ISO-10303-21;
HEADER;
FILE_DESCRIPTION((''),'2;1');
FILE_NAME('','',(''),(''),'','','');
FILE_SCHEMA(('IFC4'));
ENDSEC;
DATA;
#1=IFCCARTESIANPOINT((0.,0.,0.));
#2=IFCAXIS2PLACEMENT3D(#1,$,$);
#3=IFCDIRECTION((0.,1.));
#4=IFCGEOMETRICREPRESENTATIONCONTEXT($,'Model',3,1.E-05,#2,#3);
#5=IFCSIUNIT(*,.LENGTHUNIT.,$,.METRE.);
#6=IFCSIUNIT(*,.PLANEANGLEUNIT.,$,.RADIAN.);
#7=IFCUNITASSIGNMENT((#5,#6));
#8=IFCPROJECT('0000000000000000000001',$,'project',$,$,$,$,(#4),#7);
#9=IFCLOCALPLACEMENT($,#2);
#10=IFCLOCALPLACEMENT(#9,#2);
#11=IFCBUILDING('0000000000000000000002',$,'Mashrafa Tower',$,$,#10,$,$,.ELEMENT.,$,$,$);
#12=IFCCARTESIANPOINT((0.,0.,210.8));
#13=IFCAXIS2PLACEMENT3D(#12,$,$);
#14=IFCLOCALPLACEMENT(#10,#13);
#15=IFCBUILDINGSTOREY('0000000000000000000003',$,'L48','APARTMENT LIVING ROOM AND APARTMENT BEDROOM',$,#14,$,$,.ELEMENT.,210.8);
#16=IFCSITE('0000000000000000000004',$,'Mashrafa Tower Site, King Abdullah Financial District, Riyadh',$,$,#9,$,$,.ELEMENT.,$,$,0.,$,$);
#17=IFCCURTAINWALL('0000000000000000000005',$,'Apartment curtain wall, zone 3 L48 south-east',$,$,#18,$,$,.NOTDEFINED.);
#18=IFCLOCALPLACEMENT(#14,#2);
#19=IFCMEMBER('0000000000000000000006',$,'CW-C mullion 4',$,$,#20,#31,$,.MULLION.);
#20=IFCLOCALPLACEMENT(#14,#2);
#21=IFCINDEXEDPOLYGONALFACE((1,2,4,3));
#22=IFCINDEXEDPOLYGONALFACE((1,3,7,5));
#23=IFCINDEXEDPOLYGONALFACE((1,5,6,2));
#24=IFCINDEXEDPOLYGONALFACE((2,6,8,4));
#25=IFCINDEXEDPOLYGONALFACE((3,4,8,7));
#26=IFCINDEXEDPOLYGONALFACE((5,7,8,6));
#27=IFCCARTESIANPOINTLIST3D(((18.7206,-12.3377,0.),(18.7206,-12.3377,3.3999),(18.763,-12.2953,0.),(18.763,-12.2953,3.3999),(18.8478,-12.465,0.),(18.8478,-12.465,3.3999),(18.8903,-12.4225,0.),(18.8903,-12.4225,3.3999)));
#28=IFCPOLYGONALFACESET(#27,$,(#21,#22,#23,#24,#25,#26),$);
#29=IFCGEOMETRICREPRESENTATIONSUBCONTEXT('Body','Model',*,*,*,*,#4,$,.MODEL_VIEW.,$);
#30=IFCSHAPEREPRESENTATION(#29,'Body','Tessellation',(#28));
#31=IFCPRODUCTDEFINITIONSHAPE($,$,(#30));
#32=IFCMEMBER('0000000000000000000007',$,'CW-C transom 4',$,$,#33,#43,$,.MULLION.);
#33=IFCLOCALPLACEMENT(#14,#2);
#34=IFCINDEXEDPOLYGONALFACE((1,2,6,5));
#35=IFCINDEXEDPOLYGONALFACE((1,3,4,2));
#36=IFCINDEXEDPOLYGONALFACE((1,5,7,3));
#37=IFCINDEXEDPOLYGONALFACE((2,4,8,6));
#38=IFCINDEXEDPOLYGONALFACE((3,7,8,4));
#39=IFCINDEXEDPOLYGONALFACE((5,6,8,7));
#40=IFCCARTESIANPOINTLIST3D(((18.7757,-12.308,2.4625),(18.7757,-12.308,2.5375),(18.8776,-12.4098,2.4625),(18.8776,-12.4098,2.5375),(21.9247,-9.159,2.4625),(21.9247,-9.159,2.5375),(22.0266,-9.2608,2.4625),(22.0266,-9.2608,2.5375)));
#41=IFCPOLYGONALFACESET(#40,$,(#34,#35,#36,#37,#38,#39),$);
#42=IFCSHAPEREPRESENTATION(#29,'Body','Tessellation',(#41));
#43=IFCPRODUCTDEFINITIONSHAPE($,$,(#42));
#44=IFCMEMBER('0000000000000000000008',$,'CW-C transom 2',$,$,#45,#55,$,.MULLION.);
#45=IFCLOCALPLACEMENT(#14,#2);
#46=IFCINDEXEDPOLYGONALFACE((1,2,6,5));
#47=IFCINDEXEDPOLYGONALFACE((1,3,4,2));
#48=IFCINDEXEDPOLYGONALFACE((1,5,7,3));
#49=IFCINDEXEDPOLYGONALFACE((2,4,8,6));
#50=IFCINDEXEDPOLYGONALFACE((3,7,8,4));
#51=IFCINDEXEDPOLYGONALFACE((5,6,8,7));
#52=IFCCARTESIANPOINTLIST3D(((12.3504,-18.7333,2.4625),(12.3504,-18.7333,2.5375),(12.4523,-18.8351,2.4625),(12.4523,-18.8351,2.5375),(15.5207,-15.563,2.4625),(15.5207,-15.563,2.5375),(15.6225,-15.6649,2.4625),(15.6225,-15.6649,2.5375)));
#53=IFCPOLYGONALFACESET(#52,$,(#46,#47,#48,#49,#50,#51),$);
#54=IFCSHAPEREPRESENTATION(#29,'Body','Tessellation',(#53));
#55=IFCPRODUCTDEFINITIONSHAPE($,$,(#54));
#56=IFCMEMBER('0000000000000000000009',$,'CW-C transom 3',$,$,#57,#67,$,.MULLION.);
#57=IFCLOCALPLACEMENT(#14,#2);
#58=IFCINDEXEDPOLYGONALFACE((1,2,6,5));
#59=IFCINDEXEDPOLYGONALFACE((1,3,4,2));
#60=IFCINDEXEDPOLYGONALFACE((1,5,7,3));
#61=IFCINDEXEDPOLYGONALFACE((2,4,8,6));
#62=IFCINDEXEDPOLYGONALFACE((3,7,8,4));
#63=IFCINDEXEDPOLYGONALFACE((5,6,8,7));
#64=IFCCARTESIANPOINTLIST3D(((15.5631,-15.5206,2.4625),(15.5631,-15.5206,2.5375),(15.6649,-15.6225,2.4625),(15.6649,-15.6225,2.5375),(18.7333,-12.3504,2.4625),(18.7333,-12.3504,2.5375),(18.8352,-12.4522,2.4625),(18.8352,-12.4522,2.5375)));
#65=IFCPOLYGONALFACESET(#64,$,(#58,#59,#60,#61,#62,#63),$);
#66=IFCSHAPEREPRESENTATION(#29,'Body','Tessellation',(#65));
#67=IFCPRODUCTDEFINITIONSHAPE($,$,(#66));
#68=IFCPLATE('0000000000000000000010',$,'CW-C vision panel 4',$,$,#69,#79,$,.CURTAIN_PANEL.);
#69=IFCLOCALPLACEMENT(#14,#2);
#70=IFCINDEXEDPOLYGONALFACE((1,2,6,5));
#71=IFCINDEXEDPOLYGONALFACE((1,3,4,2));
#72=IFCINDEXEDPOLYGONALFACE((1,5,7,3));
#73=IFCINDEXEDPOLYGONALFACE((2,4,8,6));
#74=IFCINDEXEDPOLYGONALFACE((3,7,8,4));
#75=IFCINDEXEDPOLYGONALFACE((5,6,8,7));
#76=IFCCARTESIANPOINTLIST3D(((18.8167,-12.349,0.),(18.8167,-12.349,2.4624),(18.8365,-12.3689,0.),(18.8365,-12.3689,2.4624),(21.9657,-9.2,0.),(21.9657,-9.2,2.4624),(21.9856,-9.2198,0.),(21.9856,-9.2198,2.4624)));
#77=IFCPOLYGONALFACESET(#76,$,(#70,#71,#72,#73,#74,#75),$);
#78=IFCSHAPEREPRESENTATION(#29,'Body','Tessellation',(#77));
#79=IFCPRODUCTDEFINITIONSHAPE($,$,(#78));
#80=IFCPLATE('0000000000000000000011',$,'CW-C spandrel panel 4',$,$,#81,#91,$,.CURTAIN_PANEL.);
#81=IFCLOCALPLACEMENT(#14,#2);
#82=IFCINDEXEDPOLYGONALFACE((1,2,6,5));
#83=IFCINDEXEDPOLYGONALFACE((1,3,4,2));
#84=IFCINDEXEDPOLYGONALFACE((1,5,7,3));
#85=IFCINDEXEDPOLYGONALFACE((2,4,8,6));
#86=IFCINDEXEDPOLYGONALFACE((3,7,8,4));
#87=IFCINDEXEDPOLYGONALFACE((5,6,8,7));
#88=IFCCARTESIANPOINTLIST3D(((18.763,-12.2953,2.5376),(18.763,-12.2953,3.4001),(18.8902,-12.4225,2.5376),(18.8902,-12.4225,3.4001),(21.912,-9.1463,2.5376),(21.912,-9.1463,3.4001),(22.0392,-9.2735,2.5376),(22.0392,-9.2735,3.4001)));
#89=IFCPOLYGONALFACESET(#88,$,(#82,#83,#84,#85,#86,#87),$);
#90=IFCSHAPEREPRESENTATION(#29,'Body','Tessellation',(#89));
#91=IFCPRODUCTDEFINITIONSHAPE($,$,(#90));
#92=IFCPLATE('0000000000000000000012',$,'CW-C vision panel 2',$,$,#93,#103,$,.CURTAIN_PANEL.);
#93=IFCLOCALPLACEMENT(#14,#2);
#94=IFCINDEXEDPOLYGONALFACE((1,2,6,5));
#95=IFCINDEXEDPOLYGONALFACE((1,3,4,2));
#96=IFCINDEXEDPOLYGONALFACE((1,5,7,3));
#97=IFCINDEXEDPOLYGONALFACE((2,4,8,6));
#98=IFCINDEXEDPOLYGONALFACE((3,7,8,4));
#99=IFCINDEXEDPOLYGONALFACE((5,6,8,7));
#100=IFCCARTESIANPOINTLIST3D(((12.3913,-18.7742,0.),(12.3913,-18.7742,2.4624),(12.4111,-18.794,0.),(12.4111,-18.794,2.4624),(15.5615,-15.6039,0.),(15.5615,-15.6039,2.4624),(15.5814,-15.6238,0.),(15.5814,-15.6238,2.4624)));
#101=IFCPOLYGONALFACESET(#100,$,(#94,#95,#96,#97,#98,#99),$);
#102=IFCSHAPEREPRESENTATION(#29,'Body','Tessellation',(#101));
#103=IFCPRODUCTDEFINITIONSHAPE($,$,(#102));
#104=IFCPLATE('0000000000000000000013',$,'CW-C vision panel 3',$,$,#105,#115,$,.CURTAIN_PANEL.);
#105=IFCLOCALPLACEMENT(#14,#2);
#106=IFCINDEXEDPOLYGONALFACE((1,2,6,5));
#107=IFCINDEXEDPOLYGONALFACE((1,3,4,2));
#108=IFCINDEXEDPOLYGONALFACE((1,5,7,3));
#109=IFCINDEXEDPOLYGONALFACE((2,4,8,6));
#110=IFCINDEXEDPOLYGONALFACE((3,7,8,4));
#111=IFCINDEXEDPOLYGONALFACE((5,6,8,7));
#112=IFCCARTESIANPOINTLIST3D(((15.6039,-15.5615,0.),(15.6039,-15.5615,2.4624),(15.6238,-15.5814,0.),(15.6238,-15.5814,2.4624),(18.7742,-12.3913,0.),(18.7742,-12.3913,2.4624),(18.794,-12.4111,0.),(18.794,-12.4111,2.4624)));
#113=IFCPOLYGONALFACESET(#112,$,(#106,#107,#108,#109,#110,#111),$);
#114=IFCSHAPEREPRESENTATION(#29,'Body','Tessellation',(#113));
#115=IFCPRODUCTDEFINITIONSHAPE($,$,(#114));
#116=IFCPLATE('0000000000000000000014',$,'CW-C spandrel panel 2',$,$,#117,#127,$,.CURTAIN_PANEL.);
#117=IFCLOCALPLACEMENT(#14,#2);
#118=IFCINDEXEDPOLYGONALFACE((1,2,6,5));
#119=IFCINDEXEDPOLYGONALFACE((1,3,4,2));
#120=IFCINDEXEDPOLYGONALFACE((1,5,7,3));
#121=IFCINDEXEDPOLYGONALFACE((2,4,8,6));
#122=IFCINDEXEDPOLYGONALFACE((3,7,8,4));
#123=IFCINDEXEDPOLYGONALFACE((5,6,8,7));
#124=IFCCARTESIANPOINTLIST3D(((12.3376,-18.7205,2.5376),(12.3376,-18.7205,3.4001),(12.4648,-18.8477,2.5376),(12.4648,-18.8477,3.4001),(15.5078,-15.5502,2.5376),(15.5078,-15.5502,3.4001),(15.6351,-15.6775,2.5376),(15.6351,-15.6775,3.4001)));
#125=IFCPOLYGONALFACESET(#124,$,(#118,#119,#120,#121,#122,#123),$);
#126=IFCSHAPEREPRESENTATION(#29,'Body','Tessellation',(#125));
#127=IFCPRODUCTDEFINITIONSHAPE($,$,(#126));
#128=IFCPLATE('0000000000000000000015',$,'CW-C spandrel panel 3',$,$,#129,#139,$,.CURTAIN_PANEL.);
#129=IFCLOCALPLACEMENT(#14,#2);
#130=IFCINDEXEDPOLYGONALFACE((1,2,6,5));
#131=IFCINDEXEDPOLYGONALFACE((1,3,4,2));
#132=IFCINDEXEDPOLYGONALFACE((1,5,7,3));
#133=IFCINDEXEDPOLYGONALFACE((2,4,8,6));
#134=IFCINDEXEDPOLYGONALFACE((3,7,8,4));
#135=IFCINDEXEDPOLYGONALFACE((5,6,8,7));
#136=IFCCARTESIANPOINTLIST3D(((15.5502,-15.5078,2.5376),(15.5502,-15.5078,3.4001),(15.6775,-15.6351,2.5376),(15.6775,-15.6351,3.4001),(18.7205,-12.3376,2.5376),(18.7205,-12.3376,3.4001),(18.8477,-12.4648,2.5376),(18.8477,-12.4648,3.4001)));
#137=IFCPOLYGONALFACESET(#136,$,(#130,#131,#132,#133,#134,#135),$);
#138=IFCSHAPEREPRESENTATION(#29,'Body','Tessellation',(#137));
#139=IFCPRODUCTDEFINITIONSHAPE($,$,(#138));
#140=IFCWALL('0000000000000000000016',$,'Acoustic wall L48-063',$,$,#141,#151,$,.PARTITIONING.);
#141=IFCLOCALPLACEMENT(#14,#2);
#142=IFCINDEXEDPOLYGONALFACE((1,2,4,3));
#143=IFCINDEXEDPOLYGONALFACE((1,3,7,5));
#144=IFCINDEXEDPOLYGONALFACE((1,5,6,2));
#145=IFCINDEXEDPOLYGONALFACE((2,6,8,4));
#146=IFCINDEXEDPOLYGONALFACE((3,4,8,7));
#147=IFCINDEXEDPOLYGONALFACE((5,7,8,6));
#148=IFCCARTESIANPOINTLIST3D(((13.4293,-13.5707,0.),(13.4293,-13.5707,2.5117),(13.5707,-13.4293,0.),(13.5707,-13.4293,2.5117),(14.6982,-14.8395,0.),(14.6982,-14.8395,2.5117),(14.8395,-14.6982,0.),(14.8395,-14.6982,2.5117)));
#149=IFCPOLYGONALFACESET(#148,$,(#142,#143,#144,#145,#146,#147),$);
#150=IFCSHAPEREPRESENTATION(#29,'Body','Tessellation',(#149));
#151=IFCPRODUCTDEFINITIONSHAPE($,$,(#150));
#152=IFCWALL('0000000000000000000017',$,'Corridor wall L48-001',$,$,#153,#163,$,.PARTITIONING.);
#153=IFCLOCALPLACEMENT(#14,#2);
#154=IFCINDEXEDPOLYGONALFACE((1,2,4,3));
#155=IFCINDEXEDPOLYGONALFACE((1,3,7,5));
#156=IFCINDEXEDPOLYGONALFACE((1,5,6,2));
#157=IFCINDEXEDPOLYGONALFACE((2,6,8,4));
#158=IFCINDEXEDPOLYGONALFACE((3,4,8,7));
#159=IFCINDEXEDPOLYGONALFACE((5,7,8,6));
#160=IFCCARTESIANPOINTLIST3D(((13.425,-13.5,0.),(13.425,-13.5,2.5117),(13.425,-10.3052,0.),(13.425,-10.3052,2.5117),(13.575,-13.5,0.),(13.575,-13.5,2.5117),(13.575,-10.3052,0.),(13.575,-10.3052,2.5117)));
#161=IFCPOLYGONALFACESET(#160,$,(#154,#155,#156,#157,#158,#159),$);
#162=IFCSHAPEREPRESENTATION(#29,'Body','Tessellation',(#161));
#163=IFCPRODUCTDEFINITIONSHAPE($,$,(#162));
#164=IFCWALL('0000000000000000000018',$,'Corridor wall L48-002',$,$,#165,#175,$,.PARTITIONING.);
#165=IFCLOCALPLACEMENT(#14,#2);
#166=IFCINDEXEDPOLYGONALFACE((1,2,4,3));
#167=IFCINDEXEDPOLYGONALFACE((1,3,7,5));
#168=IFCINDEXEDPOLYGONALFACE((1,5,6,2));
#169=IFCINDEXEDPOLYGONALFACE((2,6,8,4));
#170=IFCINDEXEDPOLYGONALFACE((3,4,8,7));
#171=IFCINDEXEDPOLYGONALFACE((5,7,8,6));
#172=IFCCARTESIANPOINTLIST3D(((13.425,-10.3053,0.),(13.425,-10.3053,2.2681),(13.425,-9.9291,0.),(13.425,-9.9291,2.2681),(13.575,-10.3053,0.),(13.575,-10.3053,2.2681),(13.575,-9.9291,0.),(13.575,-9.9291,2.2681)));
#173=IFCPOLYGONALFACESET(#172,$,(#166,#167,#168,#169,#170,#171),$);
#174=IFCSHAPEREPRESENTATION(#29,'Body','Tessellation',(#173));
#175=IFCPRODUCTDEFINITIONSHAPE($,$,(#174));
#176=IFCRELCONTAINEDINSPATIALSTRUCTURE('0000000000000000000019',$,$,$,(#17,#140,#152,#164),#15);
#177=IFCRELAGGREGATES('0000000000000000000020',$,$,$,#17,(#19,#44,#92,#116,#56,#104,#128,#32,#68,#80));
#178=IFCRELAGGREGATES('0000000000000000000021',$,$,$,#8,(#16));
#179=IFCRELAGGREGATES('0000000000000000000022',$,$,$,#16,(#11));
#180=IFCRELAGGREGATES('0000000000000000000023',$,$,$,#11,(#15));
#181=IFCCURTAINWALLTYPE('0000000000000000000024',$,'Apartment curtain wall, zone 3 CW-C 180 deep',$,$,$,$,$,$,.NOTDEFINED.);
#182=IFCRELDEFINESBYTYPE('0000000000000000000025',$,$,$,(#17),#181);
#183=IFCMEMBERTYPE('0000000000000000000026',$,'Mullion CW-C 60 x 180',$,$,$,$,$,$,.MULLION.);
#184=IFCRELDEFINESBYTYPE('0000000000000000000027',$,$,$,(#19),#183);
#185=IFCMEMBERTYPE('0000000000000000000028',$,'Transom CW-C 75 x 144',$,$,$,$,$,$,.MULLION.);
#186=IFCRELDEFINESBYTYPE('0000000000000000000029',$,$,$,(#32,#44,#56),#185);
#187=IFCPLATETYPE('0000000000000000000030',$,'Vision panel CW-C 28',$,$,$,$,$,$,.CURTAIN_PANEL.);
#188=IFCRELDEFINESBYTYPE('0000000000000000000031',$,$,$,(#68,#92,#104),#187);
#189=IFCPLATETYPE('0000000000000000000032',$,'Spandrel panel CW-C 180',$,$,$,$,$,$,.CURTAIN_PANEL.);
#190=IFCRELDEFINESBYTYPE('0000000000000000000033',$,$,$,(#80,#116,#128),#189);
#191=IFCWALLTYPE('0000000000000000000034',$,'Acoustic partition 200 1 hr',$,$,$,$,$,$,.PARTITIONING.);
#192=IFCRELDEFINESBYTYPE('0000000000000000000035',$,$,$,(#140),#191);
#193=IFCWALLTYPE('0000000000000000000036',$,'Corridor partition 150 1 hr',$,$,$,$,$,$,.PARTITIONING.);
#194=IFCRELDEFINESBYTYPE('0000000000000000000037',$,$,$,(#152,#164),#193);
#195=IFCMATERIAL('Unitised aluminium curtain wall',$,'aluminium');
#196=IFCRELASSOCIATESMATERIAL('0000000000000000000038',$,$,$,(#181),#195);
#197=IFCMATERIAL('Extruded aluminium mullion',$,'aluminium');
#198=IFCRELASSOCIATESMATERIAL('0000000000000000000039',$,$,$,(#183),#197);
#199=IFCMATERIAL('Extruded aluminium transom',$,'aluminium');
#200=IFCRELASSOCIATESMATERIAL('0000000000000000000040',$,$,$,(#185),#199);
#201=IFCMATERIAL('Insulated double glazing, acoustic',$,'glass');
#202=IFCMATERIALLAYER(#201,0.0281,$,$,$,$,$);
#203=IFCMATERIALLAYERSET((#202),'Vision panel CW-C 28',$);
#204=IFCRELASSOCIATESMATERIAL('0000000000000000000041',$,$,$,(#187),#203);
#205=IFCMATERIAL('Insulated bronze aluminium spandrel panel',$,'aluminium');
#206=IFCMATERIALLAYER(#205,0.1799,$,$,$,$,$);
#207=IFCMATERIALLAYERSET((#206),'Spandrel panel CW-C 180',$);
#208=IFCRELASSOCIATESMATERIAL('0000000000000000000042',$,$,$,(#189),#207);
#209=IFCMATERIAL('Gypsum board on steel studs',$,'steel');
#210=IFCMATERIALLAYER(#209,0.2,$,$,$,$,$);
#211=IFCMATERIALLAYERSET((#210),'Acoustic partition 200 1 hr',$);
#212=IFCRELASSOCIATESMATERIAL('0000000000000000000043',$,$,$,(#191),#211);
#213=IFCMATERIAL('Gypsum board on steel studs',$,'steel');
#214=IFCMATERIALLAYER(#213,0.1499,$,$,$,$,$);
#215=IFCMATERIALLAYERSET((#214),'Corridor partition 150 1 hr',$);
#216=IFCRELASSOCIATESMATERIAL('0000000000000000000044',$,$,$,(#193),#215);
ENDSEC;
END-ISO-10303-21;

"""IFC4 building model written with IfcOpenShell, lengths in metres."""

from ifc_helpers import new_model, si_unit, direction, frame, frame_2d, origin, origin_2d, place, context, subcontext, project, spatial, rectangle, extrude, source, transform, mapped, material, layer, layer_set, material_profile, profile_set, type_object, type_shapes, element, aggregate, save


model = new_model("IFC4")

# Units and contexts
model_context = context("Model", 3, precision=1e-05, world=origin(), true_north=direction((0.0, 1.0)))
body_context = subcontext(model_context, "Body", "Model", "MODEL_VIEW")
ifc_project = project(units=[si_unit("LENGTHUNIT", "METRE"), si_unit("PLANEANGLEUNIT", "RADIAN")], contexts=[model_context])

# Site, building, storey
site_placement = place(None, origin())
site = spatial("IfcSite", under=ifc_project, at=site_placement, Name="Mashrafa Tower Site, King Abdullah Financial District, Riyadh", CompositionType="ELEMENT", RefElevation=0.0)
building_placement = place(site_placement, origin())
building = spatial("IfcBuilding", under=site, at=building_placement, Name="Mashrafa Tower", CompositionType="ELEMENT")
storey_placement = place(building_placement, frame((0.0, 0.0, 210.8)))
storey = spatial("IfcBuildingStorey", under=building, at=storey_placement, Name="L48", Description="APARTMENT LIVING ROOM AND APARTMENT BEDROOM", CompositionType="ELEMENT", Elevation=210.8)

# Curtain wall, members, plates
ifc_material_1 = material(Name="Unitised aluminium curtain wall", Category="aluminium")
curtain_wall_type = type_object("IfcCurtainWallType", Name="Apartment curtain wall, zone 3 CW-C 180 deep", PredefinedType="NOTDEFINED", material=ifc_material_1)
curtain_wall_placement = place(storey_placement, origin())
curtain_wall = element("IfcCurtainWall", 1, at=curtain_wall_placement, inside=storey, type_object=curtain_wall_type, Name="Apartment curtain wall, zone 3 L48 south-east", PredefinedType="NOTDEFINED")
ifc_material_2 = material(Name="Extruded aluminium mullion", Category="aluminium")
ifc_material_profile_1 = material_profile(ifc_material_2, rectangle(XDim=0.1799, YDim=0.0601, at=origin_2d()), Name="Mullion 60x180")
ifc_profile_set_1 = profile_set([ifc_material_profile_1], Name="Extruded aluminium mullion")
member_type_1 = type_object("IfcMemberType", Name="Mullion CW-C 60 x 180", PredefinedType="MULLION", material=ifc_profile_set_1)
shared_shape_1 = source(origin(), body_context, "Body", "SweptSolid", [
    extrude(rectangle(XDim=0.1799, YDim=0.0601, at=origin_2d()), origin(), (0.0, 0.0, 1.0), 3.3999),
])
type_shapes(member_type_1, [shared_shape_1])
member_1_placement = place(storey_placement, frame((18.8054, -12.3801, 0.0), z_axis=(0.0, 0.0, 1.0), x_axis=(-0.707107, 0.707107, 0.0)))
member_1 = element("IfcMember", 2, at=member_1_placement, type_object=member_type_1, Name="CW-C mullion 4", PredefinedType="MULLION", context=body_context, shape_type="MappedRepresentation", body=[
    mapped(shared_shape_1, transform((0.0, 0.0, 0.0))),
])
ifc_material_3 = material(Name="Extruded aluminium transom", Category="aluminium")
ifc_material_profile_2 = material_profile(ifc_material_3, rectangle(XDim=0.144, YDim=0.075, at=origin_2d()), Name="Transom 75x144")
ifc_profile_set_2 = profile_set([ifc_material_profile_2], Name="Extruded aluminium transom")
member_type_2 = type_object("IfcMemberType", Name="Transom CW-C 75 x 144", PredefinedType="MULLION", material=ifc_profile_set_2)
shared_shape_2 = source(origin(), body_context, "Body", "SweptSolid", [
    extrude(rectangle(XDim=0.144, YDim=0.075, at=origin_2d()), origin(), (0.0, 0.0, 1.0), 4.4534),
])
member_2_placement = place(storey_placement, frame((18.8267, -12.3589, 2.5), z_axis=(0.707107, 0.707107, 0.0), x_axis=(-0.707107, 0.707107, 0.0)))
member_2 = element("IfcMember", 3, at=member_2_placement, type_object=member_type_2, Name="CW-C transom 4", PredefinedType="MULLION", context=body_context, shape_type="MappedRepresentation", body=[
    mapped(shared_shape_2, transform((0.0, 0.0, 0.0))),
])
shared_shape_3 = source(origin(), body_context, "Body", "SweptSolid", [
    extrude(rectangle(XDim=0.144, YDim=0.075, at=origin_2d()), origin(), (0.0, 0.0, 1.0), 4.4834),
])
type_shapes(member_type_2, [shared_shape_2, shared_shape_3])
member_3_placement = place(storey_placement, frame((12.4014, -18.7842, 2.5), z_axis=(0.707107, 0.707107, 0.0), x_axis=(-0.707107, 0.707107, 0.0)))
member_3 = element("IfcMember", 4, at=member_3_placement, type_object=member_type_2, Name="CW-C transom 2", PredefinedType="MULLION", context=body_context, shape_type="MappedRepresentation", body=[
    mapped(shared_shape_3, transform((0.0, 0.0, 0.0))),
])
member_4_placement = place(storey_placement, frame((15.614, -15.5715, 2.5), z_axis=(0.707107, 0.707107, 0.0), x_axis=(-0.707107, 0.707107, 0.0)))
member_4 = element("IfcMember", 5, at=member_4_placement, type_object=member_type_2, Name="CW-C transom 3", PredefinedType="MULLION", context=body_context, shape_type="MappedRepresentation", body=[
    mapped(shared_shape_3, transform((0.0, 0.0, 0.0))),
])
ifc_material_4 = material(Name="Insulated double glazing, acoustic", Category="glass")
ifc_layer_1 = layer(ifc_material_4, 0.0281)
ifc_layer_set_1 = layer_set([ifc_layer_1], Name="Vision panel CW-C 28")
plate_type_1 = type_object("IfcPlateType", Name="Vision panel CW-C 28", PredefinedType="CURTAIN_PANEL", material=ifc_layer_set_1)
shared_shape_4 = source(origin(), body_context, "Body", "SweptSolid", [
    extrude(rectangle(XDim=4.4534, YDim=0.0281, at=origin_2d()), origin(), (0.0, 0.0, 1.0), 2.4624),
])
plate_1_placement = place(storey_placement, frame((20.4011, -10.7844, 0.0), z_axis=(0.0, 0.0, 1.0), x_axis=(0.707107, 0.707107, 0.0)))
plate_1 = element("IfcPlate", 6, at=plate_1_placement, type_object=plate_type_1, Name="CW-C vision panel 4", PredefinedType="CURTAIN_PANEL", context=body_context, shape_type="MappedRepresentation", body=[
    mapped(shared_shape_4, transform((0.0, 0.0, 0.0))),
])
ifc_material_5 = material(Name="Insulated bronze aluminium spandrel panel", Category="aluminium")
ifc_layer_2 = layer(ifc_material_5, 0.1799)
ifc_layer_set_2 = layer_set([ifc_layer_2], Name="Spandrel panel CW-C 180")
plate_type_2 = type_object("IfcPlateType", Name="Spandrel panel CW-C 180", PredefinedType="CURTAIN_PANEL", material=ifc_layer_set_2)
shared_shape_5 = source(origin(), body_context, "Body", "SweptSolid", [
    extrude(rectangle(XDim=4.4534, YDim=0.1799, at=origin_2d()), origin(), (0.0, 0.0, 1.0), 0.8625),
])
plate_2_placement = place(storey_placement, frame((20.4011, -10.7844, 2.5376), z_axis=(0.0, 0.0, 1.0), x_axis=(0.707107, 0.707107, 0.0)))
plate_2 = element("IfcPlate", 7, at=plate_2_placement, type_object=plate_type_2, Name="CW-C spandrel panel 4", PredefinedType="CURTAIN_PANEL", context=body_context, shape_type="MappedRepresentation", body=[
    mapped(shared_shape_5, transform((0.0, 0.0, 0.0))),
])
shared_shape_6 = source(origin(), body_context, "Body", "SweptSolid", [
    extrude(rectangle(XDim=4.4834, YDim=0.0281, at=origin_2d()), origin(), (0.0, 0.0, 1.0), 2.4624),
])
type_shapes(plate_type_1, [shared_shape_4, shared_shape_6])
plate_3_placement = place(storey_placement, frame((13.9863, -17.199, 0.0), z_axis=(0.0, 0.0, 1.0), x_axis=(0.707107, 0.707107, 0.0)))
plate_3 = element("IfcPlate", 8, at=plate_3_placement, type_object=plate_type_1, Name="CW-C vision panel 2", PredefinedType="CURTAIN_PANEL", context=body_context, shape_type="MappedRepresentation", body=[
    mapped(shared_shape_6, transform((0.0, 0.0, 0.0))),
])
plate_4_placement = place(storey_placement, frame((17.199, -13.9863, 0.0), z_axis=(0.0, 0.0, 1.0), x_axis=(0.707107, 0.707107, 0.0)))
plate_4 = element("IfcPlate", 9, at=plate_4_placement, type_object=plate_type_1, Name="CW-C vision panel 3", PredefinedType="CURTAIN_PANEL", context=body_context, shape_type="MappedRepresentation", body=[
    mapped(shared_shape_6, transform((0.0, 0.0, 0.0))),
])
shared_shape_7 = source(origin(), body_context, "Body", "SweptSolid", [
    extrude(rectangle(XDim=4.4834, YDim=0.1799, at=origin_2d()), origin(), (0.0, 0.0, 1.0), 0.8625),
])
type_shapes(plate_type_2, [shared_shape_5, shared_shape_7])
plate_5_placement = place(storey_placement, frame((13.9863, -17.199, 2.5376), z_axis=(0.0, 0.0, 1.0), x_axis=(0.707107, 0.707107, 0.0)))
plate_5 = element("IfcPlate", 10, at=plate_5_placement, type_object=plate_type_2, Name="CW-C spandrel panel 2", PredefinedType="CURTAIN_PANEL", context=body_context, shape_type="MappedRepresentation", body=[
    mapped(shared_shape_7, transform((0.0, 0.0, 0.0))),
])
plate_6_placement = place(storey_placement, frame((17.199, -13.9863, 2.5376), z_axis=(0.0, 0.0, 1.0), x_axis=(0.707107, 0.707107, 0.0)))
plate_6 = element("IfcPlate", 11, at=plate_6_placement, type_object=plate_type_2, Name="CW-C spandrel panel 3", PredefinedType="CURTAIN_PANEL", context=body_context, shape_type="MappedRepresentation", body=[
    mapped(shared_shape_7, transform((0.0, 0.0, 0.0))),
])
aggregate(curtain_wall, [member_1, member_3, plate_3, plate_5, member_4, plate_4, plate_6, member_2, plate_1, plate_2])

# Walls
ifc_material_6 = material(Name="Gypsum board on steel studs", Category="steel")
ifc_layer_3 = layer(ifc_material_6, 0.2)
ifc_layer_set_3 = layer_set([ifc_layer_3], Name="Acoustic partition 200 1 hr")
wall_type_1 = type_object("IfcWallType", Name="Acoustic partition 200 1 hr", PredefinedType="PARTITIONING", material=ifc_layer_set_3)
wall_1_placement = place(storey_placement, frame((13.5, -13.5, 0.0), z_axis=(0.0, 0.0, 1.0), x_axis=(0.707107, -0.707107, 0.0)))
element("IfcWall", 12, at=wall_1_placement, inside=storey, type_object=wall_type_1, Name="Acoustic wall L48-063", PredefinedType="PARTITIONING", context=body_context, shape_type="SweptSolid", body=[
    extrude(rectangle(XDim=1.7944, YDim=0.2, at=frame_2d((0.8972, 0.0))), origin(), (0.0, 0.0, 1.0), 2.5117),
])
ifc_material_7 = material(Name="Gypsum board on steel studs", Category="steel")
ifc_layer_4 = layer(ifc_material_7, 0.1499)
ifc_layer_set_4 = layer_set([ifc_layer_4], Name="Corridor partition 150 1 hr")
wall_type_2 = type_object("IfcWallType", Name="Corridor partition 150 1 hr", PredefinedType="PARTITIONING", material=ifc_layer_set_4)
wall_2_placement = place(storey_placement, frame((13.5, -13.5, 0.0), z_axis=(0.0, 0.0, 1.0), x_axis=(0.0, 1.0, 0.0)))
element("IfcWall", 13, at=wall_2_placement, inside=storey, type_object=wall_type_2, Name="Corridor wall L48-001", PredefinedType="PARTITIONING", context=body_context, shape_type="SweptSolid", body=[
    extrude(rectangle(XDim=3.1948, YDim=0.1499, at=frame_2d((1.5974, 0.0))), origin(), (0.0, 0.0, 1.0), 2.5117),
])
wall_3_placement = place(storey_placement, frame((13.5, -10.3052, 0.0), z_axis=(0.0, 0.0, 1.0), x_axis=(0.0, 1.0, 0.0)))
element("IfcWall", 14, at=wall_3_placement, inside=storey, type_object=wall_type_2, Name="Corridor wall L48-002", PredefinedType="PARTITIONING", context=body_context, shape_type="SweptSolid", body=[
    extrude(rectangle(XDim=0.3762, YDim=0.1499, at=frame_2d((0.188, 0.0))), origin(), (0.0, 0.0, 1.0), 2.2681),
])

save(model, "model.ifc")
